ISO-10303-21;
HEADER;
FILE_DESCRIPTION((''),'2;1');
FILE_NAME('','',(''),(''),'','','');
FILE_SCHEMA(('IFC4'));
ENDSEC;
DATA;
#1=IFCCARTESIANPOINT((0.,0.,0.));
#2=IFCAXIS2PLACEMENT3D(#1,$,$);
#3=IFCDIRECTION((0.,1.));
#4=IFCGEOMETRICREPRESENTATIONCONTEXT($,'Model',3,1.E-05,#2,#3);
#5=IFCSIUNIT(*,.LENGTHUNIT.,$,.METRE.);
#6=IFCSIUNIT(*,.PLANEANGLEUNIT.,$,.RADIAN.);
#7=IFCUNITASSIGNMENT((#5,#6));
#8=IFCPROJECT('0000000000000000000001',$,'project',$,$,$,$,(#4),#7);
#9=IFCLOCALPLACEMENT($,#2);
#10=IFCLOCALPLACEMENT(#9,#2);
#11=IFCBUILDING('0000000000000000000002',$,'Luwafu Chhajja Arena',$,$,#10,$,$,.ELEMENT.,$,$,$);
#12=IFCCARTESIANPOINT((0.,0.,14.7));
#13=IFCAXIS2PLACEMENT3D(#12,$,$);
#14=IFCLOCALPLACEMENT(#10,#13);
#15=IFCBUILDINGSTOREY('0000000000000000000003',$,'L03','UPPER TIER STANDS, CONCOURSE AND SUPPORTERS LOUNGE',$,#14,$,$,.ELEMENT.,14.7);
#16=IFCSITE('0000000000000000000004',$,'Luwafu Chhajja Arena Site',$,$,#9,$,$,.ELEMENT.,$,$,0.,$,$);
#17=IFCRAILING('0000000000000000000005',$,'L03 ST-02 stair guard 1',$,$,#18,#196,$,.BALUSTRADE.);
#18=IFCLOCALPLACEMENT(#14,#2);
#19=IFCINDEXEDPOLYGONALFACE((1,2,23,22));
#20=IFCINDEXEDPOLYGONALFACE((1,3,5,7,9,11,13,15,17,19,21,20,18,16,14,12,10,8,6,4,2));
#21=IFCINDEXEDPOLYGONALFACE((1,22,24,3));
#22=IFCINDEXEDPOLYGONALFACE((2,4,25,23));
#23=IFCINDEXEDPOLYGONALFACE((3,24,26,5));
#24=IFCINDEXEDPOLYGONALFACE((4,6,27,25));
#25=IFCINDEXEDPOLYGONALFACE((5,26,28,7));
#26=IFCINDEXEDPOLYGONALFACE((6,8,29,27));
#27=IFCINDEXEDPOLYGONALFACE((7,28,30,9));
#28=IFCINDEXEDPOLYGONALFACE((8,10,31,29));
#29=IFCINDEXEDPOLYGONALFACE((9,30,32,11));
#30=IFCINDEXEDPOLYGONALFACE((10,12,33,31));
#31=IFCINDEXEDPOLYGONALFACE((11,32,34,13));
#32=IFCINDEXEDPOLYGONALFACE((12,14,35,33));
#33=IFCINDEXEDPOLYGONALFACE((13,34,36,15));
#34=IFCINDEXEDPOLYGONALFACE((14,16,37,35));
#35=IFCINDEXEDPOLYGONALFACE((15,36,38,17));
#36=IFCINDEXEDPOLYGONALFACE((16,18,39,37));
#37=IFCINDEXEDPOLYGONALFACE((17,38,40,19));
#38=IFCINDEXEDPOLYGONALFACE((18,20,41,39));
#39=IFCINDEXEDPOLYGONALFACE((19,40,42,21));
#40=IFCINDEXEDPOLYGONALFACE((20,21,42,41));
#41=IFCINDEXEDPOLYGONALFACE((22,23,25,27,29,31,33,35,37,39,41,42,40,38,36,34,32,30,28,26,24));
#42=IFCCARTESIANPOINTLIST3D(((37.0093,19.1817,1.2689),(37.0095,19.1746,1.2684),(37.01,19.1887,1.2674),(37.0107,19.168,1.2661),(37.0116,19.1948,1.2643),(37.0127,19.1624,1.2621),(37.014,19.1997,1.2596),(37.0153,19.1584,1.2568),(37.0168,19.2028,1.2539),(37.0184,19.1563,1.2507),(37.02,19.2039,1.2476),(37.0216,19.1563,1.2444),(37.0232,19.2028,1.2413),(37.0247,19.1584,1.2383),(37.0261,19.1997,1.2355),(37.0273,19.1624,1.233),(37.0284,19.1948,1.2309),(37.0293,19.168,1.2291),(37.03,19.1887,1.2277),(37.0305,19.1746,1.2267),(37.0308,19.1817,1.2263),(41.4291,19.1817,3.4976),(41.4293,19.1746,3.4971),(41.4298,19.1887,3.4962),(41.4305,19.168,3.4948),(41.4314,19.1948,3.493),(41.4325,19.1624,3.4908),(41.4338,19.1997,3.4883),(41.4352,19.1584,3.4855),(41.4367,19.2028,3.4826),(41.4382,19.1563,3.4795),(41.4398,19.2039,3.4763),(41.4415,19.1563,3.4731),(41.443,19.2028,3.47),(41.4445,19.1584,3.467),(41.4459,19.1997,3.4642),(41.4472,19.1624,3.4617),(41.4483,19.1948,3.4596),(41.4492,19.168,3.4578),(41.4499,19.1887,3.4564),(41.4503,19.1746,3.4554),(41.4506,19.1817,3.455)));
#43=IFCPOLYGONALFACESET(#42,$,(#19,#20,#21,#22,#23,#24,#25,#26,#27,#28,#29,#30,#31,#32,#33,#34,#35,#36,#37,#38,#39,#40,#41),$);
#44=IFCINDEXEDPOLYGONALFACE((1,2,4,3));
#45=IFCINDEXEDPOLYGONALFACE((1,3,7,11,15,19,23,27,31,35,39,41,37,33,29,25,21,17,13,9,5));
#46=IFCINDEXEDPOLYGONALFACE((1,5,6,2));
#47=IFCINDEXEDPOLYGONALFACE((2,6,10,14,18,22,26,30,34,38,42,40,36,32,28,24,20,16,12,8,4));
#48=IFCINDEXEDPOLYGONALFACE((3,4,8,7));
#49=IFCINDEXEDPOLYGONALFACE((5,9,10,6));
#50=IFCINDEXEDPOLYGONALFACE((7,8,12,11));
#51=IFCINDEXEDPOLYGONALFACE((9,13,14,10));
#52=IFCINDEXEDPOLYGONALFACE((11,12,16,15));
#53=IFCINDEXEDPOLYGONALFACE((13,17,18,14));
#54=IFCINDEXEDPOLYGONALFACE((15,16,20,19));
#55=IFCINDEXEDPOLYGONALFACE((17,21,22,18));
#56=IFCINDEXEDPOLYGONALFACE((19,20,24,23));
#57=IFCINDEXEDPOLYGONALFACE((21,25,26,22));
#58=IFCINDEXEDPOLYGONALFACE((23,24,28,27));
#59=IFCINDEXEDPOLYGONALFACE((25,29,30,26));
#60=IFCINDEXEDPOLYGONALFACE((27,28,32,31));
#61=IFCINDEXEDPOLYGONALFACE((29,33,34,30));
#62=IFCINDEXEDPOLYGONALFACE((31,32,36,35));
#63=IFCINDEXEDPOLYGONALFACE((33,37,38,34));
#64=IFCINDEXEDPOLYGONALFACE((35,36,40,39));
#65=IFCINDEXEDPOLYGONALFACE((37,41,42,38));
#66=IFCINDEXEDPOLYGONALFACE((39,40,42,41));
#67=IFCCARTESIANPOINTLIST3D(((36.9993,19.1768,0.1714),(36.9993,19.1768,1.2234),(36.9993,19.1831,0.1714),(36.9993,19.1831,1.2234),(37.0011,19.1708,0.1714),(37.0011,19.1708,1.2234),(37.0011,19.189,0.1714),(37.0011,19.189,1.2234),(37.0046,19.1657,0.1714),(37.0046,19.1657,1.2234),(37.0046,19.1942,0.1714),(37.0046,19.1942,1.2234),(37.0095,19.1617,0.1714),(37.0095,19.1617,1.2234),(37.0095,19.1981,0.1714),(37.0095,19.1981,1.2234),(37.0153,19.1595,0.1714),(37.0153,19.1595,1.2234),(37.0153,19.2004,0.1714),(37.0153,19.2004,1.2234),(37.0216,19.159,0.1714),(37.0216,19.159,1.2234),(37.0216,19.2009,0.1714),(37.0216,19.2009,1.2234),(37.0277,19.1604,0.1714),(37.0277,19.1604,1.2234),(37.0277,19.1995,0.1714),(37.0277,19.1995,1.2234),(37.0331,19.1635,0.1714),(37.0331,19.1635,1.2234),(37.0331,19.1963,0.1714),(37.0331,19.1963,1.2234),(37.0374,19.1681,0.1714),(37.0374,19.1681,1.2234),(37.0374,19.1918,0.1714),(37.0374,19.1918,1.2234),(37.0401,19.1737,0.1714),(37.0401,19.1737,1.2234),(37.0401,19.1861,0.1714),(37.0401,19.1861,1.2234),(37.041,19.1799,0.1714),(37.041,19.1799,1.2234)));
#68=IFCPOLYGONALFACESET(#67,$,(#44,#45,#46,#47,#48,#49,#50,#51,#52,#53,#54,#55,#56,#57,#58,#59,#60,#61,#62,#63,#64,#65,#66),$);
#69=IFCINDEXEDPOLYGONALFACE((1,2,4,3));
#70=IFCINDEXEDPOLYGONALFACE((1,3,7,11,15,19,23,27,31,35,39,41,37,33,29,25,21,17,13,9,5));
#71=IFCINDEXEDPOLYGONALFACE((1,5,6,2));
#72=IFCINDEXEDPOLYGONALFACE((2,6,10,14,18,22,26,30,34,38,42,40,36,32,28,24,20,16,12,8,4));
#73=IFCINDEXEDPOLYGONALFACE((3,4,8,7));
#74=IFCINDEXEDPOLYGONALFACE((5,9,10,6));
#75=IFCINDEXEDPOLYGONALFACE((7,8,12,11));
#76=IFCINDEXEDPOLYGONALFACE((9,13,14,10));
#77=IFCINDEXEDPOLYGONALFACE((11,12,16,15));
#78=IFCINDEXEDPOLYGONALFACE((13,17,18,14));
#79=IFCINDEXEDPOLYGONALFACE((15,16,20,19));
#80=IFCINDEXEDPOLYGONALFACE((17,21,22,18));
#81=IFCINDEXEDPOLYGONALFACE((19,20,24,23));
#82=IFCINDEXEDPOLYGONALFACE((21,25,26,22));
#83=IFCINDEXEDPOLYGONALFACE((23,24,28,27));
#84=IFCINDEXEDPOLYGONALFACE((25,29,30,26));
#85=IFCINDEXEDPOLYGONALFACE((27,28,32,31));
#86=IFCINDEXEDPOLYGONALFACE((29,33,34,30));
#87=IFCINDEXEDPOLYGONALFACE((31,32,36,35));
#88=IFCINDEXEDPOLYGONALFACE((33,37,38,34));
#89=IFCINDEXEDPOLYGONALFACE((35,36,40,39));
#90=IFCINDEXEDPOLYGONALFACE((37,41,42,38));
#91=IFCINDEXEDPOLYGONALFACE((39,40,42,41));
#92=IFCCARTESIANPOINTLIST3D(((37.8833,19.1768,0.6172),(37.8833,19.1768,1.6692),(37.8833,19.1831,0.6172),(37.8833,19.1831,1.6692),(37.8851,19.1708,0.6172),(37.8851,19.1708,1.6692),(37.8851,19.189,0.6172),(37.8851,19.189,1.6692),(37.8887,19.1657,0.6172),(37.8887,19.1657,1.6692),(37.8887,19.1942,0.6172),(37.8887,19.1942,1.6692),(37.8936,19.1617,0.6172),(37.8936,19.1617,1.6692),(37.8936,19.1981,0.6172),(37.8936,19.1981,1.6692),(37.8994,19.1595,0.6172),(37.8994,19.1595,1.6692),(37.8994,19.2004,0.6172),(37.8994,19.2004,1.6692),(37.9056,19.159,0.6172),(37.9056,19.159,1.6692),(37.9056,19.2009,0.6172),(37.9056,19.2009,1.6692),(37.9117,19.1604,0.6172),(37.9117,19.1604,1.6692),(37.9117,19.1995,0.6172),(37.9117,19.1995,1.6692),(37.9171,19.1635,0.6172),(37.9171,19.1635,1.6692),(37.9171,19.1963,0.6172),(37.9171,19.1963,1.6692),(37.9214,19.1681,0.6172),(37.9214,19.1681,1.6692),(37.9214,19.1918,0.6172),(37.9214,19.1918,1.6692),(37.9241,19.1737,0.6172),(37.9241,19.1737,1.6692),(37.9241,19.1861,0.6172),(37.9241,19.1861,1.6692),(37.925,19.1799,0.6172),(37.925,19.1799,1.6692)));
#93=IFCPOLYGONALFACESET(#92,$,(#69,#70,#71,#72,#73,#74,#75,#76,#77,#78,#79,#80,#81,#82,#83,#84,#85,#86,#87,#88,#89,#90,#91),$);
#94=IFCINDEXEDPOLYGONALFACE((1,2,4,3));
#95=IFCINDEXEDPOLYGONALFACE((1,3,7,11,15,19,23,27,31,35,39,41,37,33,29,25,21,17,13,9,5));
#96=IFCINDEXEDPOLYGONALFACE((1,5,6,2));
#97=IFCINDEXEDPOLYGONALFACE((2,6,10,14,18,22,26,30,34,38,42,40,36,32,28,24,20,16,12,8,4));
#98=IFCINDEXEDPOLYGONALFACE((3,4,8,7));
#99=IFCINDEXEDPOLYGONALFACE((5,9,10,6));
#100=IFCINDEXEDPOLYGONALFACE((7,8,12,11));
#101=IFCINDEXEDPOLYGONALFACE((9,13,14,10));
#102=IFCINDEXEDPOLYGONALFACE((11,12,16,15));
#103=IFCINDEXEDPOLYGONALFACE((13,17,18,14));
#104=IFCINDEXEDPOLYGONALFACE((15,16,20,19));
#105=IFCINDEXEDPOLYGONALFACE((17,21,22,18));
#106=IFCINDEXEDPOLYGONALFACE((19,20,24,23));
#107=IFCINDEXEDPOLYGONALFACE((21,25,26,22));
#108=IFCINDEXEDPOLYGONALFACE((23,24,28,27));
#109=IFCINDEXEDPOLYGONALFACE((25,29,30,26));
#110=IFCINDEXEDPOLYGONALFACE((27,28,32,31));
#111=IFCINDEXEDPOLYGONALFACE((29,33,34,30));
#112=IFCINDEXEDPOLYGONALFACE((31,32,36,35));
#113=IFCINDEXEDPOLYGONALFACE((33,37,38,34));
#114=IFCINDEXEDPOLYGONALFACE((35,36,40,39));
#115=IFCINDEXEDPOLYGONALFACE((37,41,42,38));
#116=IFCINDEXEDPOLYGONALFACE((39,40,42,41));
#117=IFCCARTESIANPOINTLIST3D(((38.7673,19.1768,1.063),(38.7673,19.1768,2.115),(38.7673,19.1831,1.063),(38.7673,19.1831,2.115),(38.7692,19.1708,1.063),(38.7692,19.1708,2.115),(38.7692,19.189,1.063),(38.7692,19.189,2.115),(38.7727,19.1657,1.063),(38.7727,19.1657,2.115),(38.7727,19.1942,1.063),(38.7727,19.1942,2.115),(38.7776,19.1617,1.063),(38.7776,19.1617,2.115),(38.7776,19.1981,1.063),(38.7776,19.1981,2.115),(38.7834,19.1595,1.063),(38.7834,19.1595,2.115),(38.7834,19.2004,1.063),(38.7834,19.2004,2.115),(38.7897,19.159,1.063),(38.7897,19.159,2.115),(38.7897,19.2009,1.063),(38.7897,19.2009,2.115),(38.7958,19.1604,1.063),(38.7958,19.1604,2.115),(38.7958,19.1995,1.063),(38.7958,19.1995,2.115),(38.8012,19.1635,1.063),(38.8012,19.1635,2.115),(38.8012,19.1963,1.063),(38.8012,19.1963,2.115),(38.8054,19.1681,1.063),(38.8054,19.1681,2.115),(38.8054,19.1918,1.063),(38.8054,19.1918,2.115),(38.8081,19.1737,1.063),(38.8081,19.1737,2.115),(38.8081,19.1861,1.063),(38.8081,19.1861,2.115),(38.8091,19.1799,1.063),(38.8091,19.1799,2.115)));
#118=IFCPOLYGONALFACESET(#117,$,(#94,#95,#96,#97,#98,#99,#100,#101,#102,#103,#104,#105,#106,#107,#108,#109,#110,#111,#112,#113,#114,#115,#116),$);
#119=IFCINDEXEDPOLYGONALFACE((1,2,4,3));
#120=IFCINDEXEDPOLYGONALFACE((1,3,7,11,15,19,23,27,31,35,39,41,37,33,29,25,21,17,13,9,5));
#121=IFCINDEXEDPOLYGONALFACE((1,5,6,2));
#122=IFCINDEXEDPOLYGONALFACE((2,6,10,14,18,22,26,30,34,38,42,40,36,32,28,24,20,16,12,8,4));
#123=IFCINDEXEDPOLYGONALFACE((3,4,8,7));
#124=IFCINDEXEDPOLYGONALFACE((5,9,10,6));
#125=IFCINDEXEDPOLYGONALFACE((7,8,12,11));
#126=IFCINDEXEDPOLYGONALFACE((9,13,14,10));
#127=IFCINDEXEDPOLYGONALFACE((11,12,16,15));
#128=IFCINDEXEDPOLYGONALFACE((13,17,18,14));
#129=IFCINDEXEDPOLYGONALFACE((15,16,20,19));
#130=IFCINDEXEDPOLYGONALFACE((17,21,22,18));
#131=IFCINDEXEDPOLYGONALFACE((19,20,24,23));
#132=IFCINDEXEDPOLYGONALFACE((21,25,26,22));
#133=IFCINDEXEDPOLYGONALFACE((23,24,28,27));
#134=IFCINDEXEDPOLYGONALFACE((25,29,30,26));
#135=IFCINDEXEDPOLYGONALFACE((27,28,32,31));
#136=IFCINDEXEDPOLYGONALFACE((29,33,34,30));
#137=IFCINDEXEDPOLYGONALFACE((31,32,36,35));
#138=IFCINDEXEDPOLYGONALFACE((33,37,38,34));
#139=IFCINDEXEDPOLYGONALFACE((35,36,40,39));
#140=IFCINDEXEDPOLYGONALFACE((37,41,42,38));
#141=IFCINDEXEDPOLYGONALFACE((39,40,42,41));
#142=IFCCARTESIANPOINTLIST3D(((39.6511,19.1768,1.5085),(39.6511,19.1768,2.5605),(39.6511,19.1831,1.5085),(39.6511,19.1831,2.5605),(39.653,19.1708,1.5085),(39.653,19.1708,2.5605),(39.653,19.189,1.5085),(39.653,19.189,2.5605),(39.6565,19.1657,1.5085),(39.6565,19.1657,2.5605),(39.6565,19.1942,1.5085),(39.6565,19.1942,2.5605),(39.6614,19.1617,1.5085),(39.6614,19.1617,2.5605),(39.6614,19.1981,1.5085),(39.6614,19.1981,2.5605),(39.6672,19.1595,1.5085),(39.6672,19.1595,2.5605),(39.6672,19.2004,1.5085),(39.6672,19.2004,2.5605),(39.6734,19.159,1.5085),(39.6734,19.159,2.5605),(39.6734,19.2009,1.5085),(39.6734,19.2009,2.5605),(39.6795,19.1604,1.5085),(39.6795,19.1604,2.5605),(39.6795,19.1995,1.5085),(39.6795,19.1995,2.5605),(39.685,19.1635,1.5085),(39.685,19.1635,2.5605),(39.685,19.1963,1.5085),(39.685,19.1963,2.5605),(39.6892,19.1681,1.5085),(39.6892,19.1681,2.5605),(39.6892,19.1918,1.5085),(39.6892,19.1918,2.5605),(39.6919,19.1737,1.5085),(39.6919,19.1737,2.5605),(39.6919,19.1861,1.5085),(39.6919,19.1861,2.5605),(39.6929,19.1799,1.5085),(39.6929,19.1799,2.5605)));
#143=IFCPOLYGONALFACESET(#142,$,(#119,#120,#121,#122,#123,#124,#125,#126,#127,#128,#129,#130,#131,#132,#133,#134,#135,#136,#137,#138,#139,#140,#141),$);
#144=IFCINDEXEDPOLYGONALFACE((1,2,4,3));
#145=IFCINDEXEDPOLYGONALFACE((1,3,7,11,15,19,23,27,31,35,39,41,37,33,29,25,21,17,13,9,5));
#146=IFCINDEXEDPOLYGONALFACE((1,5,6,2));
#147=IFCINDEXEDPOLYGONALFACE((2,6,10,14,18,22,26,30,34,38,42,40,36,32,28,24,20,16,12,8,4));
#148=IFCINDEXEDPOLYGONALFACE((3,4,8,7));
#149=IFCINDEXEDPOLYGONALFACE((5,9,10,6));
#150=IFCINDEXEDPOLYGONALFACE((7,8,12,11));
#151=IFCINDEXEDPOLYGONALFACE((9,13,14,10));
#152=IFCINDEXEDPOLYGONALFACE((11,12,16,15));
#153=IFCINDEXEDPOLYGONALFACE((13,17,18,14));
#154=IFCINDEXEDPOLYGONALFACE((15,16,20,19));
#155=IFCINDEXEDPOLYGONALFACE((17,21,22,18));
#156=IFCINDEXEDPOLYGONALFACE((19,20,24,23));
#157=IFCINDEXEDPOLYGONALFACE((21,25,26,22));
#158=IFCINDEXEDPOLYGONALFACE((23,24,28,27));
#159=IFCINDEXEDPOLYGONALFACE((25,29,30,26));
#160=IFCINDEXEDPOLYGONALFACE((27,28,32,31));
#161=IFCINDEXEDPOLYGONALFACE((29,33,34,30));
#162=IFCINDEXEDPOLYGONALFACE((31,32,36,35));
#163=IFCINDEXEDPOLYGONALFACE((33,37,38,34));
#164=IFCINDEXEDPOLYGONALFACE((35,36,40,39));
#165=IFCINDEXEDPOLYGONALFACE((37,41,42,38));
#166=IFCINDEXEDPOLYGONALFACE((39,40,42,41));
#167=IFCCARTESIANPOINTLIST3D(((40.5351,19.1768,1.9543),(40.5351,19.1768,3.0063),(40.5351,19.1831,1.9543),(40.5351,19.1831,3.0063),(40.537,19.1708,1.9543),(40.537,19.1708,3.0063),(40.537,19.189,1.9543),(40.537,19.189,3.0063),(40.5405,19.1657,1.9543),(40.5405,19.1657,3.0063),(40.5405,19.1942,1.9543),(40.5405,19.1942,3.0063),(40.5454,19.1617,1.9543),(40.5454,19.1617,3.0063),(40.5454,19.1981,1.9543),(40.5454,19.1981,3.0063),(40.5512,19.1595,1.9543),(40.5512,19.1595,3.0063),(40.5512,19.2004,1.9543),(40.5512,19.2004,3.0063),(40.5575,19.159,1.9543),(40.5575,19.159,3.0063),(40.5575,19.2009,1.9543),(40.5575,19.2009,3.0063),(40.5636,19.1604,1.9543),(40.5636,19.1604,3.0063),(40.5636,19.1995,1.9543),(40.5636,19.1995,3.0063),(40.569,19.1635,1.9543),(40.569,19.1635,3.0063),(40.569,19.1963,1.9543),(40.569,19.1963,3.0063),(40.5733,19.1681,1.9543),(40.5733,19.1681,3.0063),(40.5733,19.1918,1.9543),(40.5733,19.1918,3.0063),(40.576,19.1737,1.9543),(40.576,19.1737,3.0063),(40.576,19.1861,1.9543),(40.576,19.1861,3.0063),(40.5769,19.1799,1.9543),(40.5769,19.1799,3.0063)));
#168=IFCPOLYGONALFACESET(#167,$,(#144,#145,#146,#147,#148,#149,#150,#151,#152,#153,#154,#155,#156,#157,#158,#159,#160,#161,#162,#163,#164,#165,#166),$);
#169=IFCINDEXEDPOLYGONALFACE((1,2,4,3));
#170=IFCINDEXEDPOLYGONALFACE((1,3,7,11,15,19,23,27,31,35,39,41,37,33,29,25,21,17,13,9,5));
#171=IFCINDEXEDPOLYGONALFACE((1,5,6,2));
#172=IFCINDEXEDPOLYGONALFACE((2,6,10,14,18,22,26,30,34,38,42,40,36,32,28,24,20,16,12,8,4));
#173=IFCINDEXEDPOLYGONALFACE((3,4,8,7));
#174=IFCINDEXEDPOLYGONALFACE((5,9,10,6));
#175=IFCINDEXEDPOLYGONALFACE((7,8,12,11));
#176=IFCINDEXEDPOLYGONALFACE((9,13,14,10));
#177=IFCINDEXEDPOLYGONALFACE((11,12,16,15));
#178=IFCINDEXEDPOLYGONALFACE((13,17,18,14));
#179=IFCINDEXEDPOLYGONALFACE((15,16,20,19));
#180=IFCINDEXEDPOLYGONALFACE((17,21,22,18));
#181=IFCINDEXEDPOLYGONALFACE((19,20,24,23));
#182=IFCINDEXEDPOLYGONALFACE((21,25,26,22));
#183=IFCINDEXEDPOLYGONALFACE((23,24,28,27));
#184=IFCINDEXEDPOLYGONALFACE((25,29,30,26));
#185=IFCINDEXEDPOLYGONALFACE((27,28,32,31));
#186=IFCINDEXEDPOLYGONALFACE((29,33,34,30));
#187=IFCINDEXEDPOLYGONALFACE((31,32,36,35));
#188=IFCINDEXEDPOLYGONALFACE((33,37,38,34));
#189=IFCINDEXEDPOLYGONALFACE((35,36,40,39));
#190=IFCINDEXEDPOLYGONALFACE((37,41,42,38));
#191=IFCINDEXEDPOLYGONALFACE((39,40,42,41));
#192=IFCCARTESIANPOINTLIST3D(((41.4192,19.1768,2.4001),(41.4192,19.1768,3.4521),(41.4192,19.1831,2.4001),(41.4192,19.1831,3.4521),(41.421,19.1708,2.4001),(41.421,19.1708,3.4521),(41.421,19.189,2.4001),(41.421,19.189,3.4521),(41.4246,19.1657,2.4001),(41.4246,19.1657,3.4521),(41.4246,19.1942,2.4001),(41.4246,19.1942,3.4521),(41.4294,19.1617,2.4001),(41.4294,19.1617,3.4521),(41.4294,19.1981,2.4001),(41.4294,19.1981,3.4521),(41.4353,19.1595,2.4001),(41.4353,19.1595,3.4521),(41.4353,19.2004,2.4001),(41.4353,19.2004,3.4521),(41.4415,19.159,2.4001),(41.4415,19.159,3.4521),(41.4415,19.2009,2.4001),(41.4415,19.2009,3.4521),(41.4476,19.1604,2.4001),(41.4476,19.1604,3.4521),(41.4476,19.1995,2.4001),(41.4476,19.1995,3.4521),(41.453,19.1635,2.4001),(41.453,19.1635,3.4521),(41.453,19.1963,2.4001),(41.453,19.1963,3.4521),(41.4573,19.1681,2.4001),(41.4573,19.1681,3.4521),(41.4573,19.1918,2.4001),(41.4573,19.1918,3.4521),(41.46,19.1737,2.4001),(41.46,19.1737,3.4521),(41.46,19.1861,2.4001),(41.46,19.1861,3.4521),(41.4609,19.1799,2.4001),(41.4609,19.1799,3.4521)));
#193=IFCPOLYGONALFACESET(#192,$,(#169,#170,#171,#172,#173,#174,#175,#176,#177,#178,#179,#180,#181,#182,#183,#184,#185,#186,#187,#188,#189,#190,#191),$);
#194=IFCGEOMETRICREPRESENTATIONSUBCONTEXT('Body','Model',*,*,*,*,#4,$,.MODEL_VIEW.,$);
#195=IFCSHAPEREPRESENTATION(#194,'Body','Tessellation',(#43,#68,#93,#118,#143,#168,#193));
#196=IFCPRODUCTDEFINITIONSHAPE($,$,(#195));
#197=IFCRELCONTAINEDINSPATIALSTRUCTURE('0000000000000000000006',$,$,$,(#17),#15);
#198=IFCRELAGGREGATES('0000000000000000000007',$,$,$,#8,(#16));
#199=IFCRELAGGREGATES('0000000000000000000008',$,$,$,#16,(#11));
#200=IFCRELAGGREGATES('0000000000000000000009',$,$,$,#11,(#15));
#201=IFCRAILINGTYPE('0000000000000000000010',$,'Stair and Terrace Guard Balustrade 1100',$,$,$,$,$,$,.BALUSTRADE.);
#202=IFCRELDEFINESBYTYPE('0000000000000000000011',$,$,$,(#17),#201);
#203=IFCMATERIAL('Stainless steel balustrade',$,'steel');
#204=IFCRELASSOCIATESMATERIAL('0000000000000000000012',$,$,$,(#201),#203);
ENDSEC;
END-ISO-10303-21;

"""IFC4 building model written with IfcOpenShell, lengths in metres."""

from ifc_helpers import new_model, si_unit, direction, frame, origin, origin_2d, place, context, subcontext, project, spatial, circle, extrude, material, type_object, element, save


model = new_model("IFC4")

# Units and contexts
model_context = context("Model", 3, precision=1e-05, world=origin(), true_north=direction((0.0, 1.0)))
body_context = subcontext(model_context, "Body", "Model", "MODEL_VIEW")
ifc_project = project(units=[si_unit("LENGTHUNIT", "METRE"), si_unit("PLANEANGLEUNIT", "RADIAN")], contexts=[model_context])

# Site, building, storey
site_placement = place(None, origin())
site = spatial("IfcSite", under=ifc_project, at=site_placement, Name="Luwafu Chhajja Arena Site", CompositionType="ELEMENT", RefElevation=0.0)
building_placement = place(site_placement, origin())
building = spatial("IfcBuilding", under=site, at=building_placement, Name="Luwafu Chhajja Arena", CompositionType="ELEMENT")
storey_placement = place(building_placement, frame((0.0, 0.0, 14.7)))
storey = spatial("IfcBuildingStorey", under=building, at=storey_placement, Name="L03", Description="UPPER TIER STANDS, CONCOURSE AND SUPPORTERS LOUNGE", CompositionType="ELEMENT", Elevation=14.7)

# Railing
ifc_material_1 = material(Name="Stainless steel balustrade", Category="steel")
railing_type_1 = type_object("IfcRailingType", Name="Stair and Terrace Guard Balustrade 1100", PredefinedType="BALUSTRADE", material=ifc_material_1)
railing_1_placement = place(storey_placement, frame((37.02, 19.1799, 0.1714)))
element("IfcRailing", 1, at=railing_1_placement, inside=storey, type_object=railing_type_1, Name="L03 ST-02 stair guard 1", PredefinedType="BALUSTRADE", context=body_context, shape_type="SweptSolid", body=[
    extrude(circle(Radius=0.0239, at=origin_2d()), frame((0.0, 0.0, 1.0762), z_axis=(0.892903, 0.0, 0.450249), x_axis=(0.0, 1.0, 0.0)), (0.0, 0.0, 1.0), 4.95),
    extrude(circle(Radius=0.021, at=origin_2d()), origin(), (0.0, 0.0, 1.0), 1.052),
    extrude(circle(Radius=0.021, at=origin_2d()), frame((0.884, 0.0, 0.4458)), (0.0, 0.0, 1.0), 1.052),
    extrude(circle(Radius=0.021, at=origin_2d()), frame((1.7681, 0.0, 0.8916)), (0.0, 0.0, 1.0), 1.052),
    extrude(circle(Radius=0.021, at=origin_2d()), frame((2.6519, 0.0, 1.3372)), (0.0, 0.0, 1.0), 1.052),
    extrude(circle(Radius=0.021, at=origin_2d()), frame((3.5359, 0.0, 1.783)), (0.0, 0.0, 1.0), 1.052),
    extrude(circle(Radius=0.021, at=origin_2d()), frame((4.4199, 0.0, 2.2288)), (0.0, 0.0, 1.0), 1.052),
])

save(model, "model.ifc")
